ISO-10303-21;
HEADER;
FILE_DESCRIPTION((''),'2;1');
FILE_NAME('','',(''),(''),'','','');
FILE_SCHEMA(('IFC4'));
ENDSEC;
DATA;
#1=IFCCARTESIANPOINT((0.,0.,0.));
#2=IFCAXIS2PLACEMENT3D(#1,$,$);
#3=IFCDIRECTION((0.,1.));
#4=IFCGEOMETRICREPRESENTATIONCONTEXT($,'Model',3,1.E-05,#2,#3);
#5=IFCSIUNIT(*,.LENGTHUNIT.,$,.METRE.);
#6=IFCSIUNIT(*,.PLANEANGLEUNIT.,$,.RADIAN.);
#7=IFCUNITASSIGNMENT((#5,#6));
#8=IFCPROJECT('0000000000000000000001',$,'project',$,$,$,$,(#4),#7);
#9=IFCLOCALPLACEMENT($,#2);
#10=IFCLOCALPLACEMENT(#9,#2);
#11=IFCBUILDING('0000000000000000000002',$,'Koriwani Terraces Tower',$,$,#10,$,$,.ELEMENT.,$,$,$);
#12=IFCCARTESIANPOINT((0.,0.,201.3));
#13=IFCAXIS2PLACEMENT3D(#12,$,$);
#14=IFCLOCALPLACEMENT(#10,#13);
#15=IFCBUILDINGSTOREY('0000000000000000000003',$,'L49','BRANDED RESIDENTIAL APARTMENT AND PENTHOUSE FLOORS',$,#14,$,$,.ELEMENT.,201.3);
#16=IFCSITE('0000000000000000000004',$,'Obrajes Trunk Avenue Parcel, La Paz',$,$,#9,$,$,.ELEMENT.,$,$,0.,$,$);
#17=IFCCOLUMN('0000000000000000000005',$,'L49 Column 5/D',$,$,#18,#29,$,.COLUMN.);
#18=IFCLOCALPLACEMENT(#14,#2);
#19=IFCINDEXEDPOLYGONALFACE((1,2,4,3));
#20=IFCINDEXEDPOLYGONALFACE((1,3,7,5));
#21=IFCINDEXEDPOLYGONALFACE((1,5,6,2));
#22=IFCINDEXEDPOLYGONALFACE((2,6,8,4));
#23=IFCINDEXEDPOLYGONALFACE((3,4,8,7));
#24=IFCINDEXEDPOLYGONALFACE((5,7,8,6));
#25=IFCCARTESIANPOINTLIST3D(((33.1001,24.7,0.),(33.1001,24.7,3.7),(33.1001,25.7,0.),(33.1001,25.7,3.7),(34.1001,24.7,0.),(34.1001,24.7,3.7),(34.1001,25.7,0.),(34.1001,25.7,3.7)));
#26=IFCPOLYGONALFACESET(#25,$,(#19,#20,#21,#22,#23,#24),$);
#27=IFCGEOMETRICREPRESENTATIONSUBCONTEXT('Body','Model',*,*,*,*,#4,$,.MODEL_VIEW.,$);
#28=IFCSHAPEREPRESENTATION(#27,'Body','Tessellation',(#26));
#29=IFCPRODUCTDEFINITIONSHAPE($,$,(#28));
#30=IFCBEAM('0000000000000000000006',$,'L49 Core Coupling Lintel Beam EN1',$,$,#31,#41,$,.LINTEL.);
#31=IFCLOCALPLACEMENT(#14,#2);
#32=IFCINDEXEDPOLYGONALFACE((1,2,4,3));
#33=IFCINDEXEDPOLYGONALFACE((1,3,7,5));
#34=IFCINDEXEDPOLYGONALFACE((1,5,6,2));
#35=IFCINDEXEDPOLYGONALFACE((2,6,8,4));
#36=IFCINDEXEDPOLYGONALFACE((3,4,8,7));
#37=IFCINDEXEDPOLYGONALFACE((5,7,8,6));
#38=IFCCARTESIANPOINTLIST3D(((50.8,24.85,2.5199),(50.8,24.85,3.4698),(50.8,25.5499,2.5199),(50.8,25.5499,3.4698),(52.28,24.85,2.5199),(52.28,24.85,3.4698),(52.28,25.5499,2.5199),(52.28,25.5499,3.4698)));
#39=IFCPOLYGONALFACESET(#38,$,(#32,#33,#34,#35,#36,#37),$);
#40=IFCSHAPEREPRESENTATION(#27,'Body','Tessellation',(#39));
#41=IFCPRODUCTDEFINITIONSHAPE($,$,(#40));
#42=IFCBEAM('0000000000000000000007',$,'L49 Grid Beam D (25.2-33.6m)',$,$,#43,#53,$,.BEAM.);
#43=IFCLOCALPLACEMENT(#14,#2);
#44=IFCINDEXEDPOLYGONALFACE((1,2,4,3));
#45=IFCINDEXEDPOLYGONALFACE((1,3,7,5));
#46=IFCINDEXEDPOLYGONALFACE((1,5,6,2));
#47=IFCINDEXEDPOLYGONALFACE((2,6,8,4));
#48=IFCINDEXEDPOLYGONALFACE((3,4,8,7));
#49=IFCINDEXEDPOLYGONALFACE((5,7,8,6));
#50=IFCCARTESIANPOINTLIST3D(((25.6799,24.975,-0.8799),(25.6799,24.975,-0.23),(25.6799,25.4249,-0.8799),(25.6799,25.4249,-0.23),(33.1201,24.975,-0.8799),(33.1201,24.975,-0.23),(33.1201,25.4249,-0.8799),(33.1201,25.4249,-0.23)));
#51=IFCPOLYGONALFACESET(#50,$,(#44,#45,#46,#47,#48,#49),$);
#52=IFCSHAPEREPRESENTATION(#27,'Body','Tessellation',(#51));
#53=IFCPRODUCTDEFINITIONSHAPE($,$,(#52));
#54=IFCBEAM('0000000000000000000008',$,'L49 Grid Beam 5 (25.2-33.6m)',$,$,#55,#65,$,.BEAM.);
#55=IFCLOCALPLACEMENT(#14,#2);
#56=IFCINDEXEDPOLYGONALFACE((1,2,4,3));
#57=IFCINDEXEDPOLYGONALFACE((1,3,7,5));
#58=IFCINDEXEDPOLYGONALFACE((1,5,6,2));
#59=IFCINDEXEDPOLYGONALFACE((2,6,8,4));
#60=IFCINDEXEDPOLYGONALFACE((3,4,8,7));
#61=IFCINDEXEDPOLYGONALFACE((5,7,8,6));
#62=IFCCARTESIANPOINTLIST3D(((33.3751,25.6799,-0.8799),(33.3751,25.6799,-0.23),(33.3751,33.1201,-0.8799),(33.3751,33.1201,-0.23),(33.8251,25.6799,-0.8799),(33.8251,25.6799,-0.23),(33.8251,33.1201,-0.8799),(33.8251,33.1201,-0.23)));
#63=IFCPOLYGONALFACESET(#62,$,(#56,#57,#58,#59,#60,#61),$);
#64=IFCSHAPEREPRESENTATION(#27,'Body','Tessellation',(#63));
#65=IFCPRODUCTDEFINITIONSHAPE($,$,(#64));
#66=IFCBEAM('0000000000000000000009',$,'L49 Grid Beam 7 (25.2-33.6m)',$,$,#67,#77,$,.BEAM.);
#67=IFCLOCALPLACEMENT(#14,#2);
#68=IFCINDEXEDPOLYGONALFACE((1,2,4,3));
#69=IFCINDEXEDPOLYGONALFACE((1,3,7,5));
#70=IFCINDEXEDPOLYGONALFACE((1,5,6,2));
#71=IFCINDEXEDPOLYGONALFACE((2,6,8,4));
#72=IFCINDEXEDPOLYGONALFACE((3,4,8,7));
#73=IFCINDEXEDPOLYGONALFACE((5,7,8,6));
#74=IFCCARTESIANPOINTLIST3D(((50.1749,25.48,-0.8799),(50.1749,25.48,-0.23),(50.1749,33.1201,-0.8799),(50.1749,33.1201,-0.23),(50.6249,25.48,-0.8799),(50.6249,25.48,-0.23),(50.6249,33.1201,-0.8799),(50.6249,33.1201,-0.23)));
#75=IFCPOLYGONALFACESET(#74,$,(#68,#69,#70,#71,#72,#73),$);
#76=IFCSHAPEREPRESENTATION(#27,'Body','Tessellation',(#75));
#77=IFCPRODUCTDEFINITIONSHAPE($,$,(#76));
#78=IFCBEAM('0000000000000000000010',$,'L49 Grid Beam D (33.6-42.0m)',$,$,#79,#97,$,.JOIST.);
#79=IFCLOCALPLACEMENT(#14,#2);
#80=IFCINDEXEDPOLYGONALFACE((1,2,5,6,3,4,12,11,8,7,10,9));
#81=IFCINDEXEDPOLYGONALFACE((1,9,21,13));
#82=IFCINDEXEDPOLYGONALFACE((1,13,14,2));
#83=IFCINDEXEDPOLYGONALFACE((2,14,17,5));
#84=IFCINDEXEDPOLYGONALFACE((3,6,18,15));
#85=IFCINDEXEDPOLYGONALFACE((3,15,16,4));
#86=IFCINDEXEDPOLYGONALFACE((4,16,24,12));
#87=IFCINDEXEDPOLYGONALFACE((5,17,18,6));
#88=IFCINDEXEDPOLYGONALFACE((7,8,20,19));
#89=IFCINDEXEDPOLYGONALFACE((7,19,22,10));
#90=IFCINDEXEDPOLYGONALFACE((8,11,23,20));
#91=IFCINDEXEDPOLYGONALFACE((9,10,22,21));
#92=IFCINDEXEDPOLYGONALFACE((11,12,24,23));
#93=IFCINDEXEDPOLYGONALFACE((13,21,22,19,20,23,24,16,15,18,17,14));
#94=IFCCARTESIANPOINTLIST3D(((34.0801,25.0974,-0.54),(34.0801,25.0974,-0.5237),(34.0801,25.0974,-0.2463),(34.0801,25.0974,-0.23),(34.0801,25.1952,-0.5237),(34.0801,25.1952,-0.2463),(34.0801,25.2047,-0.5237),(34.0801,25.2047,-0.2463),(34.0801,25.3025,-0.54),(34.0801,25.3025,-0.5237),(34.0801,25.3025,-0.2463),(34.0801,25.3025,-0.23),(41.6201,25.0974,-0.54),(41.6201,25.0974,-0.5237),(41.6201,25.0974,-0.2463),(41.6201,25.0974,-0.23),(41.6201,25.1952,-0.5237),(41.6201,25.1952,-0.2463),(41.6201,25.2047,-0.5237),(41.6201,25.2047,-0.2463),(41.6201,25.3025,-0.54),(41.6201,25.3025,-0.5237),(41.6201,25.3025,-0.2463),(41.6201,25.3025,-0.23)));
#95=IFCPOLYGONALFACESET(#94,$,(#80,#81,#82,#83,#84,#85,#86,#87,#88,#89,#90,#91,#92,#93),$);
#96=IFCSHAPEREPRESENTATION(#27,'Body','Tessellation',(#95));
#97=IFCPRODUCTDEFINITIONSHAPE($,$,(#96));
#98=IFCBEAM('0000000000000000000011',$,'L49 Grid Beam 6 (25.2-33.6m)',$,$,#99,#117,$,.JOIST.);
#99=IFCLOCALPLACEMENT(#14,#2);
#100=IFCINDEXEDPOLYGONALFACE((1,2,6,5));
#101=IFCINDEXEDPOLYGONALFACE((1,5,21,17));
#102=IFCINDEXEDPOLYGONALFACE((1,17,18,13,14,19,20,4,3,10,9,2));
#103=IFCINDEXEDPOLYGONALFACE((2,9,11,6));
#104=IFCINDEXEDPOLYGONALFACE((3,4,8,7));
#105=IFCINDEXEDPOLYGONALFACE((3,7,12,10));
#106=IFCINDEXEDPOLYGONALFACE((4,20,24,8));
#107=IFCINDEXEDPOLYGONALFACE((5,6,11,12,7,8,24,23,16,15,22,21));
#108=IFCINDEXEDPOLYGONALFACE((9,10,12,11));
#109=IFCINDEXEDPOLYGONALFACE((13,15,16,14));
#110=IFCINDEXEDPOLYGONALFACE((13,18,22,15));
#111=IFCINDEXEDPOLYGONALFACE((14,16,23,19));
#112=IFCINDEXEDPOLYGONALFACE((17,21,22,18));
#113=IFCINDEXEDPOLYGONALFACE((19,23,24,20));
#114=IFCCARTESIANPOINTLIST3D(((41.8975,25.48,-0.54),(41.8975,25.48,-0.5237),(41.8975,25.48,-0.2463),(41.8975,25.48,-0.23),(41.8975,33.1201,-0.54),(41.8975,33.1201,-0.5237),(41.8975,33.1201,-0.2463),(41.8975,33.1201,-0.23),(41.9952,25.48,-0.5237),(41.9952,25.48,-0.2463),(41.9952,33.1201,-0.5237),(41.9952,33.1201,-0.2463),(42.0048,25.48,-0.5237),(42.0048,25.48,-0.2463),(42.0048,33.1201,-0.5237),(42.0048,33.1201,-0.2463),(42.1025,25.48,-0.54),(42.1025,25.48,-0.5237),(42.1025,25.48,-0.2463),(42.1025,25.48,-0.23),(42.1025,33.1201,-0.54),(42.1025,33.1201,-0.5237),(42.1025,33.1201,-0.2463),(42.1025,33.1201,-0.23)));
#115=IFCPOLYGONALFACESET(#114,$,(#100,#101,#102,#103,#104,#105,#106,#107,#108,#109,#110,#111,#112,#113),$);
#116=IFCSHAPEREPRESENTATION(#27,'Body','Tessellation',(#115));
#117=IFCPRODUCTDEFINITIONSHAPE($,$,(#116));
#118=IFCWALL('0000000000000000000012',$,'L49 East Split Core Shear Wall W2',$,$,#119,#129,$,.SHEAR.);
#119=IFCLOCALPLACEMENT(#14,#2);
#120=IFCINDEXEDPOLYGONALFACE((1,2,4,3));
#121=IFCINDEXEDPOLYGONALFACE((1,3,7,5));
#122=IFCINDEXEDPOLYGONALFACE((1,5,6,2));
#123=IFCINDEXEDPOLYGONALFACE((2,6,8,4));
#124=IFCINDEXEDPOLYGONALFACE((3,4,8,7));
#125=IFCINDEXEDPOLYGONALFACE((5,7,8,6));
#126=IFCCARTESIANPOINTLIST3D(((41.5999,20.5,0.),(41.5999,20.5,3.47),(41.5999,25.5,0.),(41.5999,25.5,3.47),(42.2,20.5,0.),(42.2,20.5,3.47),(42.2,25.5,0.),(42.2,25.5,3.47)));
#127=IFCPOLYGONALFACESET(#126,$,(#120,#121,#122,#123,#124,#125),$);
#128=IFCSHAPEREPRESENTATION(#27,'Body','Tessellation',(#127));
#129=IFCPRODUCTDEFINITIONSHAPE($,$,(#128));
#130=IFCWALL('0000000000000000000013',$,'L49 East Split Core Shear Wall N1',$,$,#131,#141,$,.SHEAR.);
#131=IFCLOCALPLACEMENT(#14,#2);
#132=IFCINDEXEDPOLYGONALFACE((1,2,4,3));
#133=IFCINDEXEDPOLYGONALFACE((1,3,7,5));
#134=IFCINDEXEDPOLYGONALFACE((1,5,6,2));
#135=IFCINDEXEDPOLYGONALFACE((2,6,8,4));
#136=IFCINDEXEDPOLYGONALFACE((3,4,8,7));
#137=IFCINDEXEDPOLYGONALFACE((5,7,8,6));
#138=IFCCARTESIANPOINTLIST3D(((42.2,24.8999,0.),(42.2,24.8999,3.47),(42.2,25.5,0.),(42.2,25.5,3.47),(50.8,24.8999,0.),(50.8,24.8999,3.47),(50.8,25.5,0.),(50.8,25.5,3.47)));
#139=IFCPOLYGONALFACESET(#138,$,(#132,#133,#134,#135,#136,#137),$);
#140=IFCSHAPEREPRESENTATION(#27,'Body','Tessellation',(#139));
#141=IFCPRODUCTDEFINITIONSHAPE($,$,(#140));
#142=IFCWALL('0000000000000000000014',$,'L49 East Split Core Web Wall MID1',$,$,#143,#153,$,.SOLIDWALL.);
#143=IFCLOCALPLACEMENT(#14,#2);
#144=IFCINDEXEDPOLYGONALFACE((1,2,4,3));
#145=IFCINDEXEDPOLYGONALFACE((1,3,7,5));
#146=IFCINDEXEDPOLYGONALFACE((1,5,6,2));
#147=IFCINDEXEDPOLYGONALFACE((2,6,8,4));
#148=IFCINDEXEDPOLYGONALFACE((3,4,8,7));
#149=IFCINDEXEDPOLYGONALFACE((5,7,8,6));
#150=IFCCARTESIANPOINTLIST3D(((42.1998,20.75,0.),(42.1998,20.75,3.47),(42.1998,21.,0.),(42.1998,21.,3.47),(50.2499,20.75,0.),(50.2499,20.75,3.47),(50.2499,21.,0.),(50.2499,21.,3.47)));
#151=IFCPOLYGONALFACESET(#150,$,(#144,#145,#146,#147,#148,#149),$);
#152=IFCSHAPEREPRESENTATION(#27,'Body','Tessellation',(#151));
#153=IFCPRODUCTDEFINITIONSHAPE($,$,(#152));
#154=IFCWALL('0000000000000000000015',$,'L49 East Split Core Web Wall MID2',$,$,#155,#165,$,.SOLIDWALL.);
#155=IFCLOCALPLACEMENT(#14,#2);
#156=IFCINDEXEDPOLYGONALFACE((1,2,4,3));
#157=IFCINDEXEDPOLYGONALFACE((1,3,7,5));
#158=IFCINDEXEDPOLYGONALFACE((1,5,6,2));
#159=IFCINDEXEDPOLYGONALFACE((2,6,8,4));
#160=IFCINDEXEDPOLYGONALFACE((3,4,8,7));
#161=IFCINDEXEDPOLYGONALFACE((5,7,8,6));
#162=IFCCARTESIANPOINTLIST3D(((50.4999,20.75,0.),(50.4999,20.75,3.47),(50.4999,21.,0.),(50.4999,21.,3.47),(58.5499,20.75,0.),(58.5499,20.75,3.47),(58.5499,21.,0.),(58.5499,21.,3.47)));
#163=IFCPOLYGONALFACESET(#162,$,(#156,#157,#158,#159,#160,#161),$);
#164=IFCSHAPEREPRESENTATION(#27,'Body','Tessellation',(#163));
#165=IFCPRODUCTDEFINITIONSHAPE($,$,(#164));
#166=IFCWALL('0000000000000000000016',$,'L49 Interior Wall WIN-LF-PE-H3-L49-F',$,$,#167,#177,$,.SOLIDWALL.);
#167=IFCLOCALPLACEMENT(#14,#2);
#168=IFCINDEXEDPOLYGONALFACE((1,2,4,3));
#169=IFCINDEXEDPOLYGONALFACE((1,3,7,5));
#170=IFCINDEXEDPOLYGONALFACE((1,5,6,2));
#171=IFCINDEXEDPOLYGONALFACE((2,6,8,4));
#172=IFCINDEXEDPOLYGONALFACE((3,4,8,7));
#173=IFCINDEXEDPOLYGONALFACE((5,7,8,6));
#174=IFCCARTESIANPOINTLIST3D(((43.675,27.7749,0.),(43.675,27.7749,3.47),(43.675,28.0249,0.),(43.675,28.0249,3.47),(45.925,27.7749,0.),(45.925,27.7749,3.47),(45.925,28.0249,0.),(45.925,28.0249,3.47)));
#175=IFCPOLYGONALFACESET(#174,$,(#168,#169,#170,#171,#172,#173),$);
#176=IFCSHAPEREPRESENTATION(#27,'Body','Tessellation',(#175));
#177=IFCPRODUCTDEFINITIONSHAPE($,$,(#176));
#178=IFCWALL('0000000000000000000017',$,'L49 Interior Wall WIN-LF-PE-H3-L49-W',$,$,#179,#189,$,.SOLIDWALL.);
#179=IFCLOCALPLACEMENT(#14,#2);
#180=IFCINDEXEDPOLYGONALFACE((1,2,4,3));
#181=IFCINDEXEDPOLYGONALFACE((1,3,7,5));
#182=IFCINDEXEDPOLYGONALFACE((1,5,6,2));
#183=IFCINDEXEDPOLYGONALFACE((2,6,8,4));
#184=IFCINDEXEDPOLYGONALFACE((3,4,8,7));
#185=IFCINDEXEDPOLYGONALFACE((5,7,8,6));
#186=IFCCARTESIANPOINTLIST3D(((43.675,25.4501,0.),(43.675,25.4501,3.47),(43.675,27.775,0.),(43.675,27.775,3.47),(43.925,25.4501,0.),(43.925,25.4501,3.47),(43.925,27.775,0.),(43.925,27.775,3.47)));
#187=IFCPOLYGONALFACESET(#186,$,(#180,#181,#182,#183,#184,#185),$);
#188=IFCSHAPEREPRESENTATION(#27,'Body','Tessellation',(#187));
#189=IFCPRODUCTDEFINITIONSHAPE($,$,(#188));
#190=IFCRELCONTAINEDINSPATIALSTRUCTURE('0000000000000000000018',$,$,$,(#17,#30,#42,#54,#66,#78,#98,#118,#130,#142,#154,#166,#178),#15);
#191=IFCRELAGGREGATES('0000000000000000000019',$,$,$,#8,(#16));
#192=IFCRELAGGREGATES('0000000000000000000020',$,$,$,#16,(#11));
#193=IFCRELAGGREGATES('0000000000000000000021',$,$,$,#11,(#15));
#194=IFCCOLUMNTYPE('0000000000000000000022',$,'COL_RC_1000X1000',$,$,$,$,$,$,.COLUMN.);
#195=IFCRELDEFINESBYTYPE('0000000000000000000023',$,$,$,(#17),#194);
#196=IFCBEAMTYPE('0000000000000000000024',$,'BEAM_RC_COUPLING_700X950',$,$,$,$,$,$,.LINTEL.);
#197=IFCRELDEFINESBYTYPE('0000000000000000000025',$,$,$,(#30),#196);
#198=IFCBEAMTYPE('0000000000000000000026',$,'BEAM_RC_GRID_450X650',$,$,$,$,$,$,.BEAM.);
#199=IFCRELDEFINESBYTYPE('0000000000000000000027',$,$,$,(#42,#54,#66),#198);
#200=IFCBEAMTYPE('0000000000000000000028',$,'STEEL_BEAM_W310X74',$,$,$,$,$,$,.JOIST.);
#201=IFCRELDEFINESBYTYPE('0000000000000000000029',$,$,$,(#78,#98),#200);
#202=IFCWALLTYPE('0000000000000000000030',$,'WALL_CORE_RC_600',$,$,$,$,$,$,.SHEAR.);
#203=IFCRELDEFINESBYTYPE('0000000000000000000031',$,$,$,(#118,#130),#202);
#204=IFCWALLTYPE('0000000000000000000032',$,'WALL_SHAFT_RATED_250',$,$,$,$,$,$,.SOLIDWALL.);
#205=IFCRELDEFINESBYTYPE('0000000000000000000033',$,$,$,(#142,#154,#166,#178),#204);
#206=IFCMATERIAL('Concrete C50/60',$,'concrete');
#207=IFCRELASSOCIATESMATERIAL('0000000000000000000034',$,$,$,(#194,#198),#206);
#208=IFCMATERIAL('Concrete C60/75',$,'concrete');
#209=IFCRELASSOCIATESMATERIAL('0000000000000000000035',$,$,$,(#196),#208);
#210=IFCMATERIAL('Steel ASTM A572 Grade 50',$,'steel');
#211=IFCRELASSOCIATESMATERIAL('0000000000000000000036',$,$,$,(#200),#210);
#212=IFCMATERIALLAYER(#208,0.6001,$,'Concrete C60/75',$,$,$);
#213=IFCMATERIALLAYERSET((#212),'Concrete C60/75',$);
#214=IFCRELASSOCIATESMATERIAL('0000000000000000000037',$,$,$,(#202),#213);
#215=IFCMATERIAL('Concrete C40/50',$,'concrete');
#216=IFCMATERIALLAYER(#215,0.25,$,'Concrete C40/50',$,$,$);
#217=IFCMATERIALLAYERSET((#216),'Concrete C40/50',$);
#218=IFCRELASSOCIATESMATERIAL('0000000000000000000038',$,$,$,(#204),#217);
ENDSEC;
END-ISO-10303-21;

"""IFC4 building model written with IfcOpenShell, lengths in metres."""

from ifc_helpers import new_model, si_unit, direction, frame, frame_2d, origin, origin_2d, place, context, subcontext, project, spatial, rectangle, i_section, extrude, material, layer, layer_set, material_profile, profile_set, type_object, element, save


model = new_model("IFC4")

# Units and contexts
model_context = context("Model", 3, precision=1e-05, world=origin(), true_north=direction((0.0, 1.0)))
body_context = subcontext(model_context, "Body", "Model", "MODEL_VIEW")
ifc_project = project(units=[si_unit("LENGTHUNIT", "METRE"), si_unit("PLANEANGLEUNIT", "RADIAN")], contexts=[model_context])

# Site, building, storey
site_placement = place(None, origin())
site = spatial("IfcSite", under=ifc_project, at=site_placement, Name="Obrajes Trunk Avenue Parcel, La Paz", CompositionType="ELEMENT", RefElevation=0.0)
building_placement = place(site_placement, origin())
building = spatial("IfcBuilding", under=site, at=building_placement, Name="Koriwani Terraces Tower", CompositionType="ELEMENT")
storey_placement = place(building_placement, frame((0.0, 0.0, 201.3)))
storey = spatial("IfcBuildingStorey", under=building, at=storey_placement, Name="L49", Description="BRANDED RESIDENTIAL APARTMENT AND PENTHOUSE FLOORS", CompositionType="ELEMENT", Elevation=201.3)

# Column
ifc_material_1 = material(Name="Concrete C50/60", Category="concrete")
ifc_material_profile_1 = material_profile(ifc_material_1, rectangle(XDim=1.0, YDim=1.0, at=origin_2d()), Name="Concrete C50/60", Category="LoadBearing")
ifc_profile_set_1 = profile_set([ifc_material_profile_1], Name="Concrete C50/60")
column_type = type_object("IfcColumnType", Name="COL_RC_1000X1000", PredefinedType="COLUMN", material=ifc_profile_set_1)
column_placement = place(storey_placement, frame((33.6001, 25.2, 0.0), z_axis=(0.0, 0.0, 1.0), x_axis=(1.0, 0.0, 0.0)))
element("IfcColumn", 1, at=column_placement, inside=storey, type_object=column_type, Name="L49 Column 5/D", PredefinedType="COLUMN", context=body_context, shape_type="SweptSolid", body=[
    extrude(rectangle(XDim=1.0, YDim=1.0, at=origin_2d()), origin(), (0.0, 0.0, 1.0), 3.7),
])

# Beams
ifc_material_2 = material(Name="Concrete C60/75", Category="concrete")
ifc_material_profile_2 = material_profile(ifc_material_2, rectangle(XDim=0.7, YDim=0.95, at=origin_2d()), Name="Concrete C60/75", Category="LoadBearing")
ifc_profile_set_2 = profile_set([ifc_material_profile_2], Name="Concrete C60/75")
beam_type_1 = type_object("IfcBeamType", Name="BEAM_RC_COUPLING_700X950", PredefinedType="LINTEL", material=ifc_profile_set_2)
beam_1_placement = place(storey_placement, frame((50.8, 25.2, 2.9949), z_axis=(1.0, 0.0, 0.0), x_axis=(0.0, 1.0, 0.0)))
element("IfcBeam", 2, at=beam_1_placement, inside=storey, type_object=beam_type_1, Name="L49 Core Coupling Lintel Beam EN1", PredefinedType="LINTEL", context=body_context, shape_type="SweptSolid", body=[
    extrude(rectangle(XDim=0.7, YDim=0.95, at=origin_2d()), origin(), (0.0, 0.0, 1.0), 1.48),
])
ifc_material_profile_3 = material_profile(ifc_material_1, rectangle(XDim=0.45, YDim=0.6499, at=origin_2d()), Name="Concrete C50/60", Category="LoadBearing")
ifc_profile_set_3 = profile_set([ifc_material_profile_3], Name="Concrete C50/60")
beam_type_2 = type_object("IfcBeamType", Name="BEAM_RC_GRID_450X650", PredefinedType="BEAM", material=ifc_profile_set_3)
for number, where, z_axis, x_axis, name in (
    (3, (25.6799, 25.2, -0.5549), (1.0, 0.0, 0.0), (0.0, 1.0, 0.0), "L49 Grid Beam D (25.2-33.6m)"),
    (4, (33.6001, 25.6799, -0.5549), (0.0, 1.0, 0.0), (-1.0, 0.0, 0.0), "L49 Grid Beam 5 (25.2-33.6m)"),
):
    element("IfcBeam", number, at=place(storey_placement, frame(where, z_axis=z_axis, x_axis=x_axis)), inside=storey, type_object=beam_type_2, Name=name, PredefinedType="BEAM", context=body_context, shape_type="SweptSolid", body=[
        extrude(rectangle(XDim=0.45, YDim=0.6499, at=origin_2d()), origin(), (0.0, 0.0, 1.0), 7.4402),
    ])
beam_2_placement = place(storey_placement, frame((50.3999, 25.48, -0.5549), z_axis=(0.0, 1.0, 0.0), x_axis=(-1.0, 0.0, 0.0)))
element("IfcBeam", 5, at=beam_2_placement, inside=storey, type_object=beam_type_2, Name="L49 Grid Beam 7 (25.2-33.6m)", PredefinedType="BEAM", context=body_context, shape_type="SweptSolid", body=[
    extrude(rectangle(XDim=0.45, YDim=0.6499, at=origin_2d()), origin(), (0.0, 0.0, 1.0), 7.6401),
])
ifc_material_3 = material(Name="Steel ASTM A572 Grade 50", Category="steel")
ifc_material_profile_4 = material_profile(ifc_material_3, i_section(OverallWidth=0.2051, OverallDepth=0.3101, WebThickness=0.0095, FlangeThickness=0.0164, at=origin_2d()), Name="Steel ASTM A572 Grade 50", Category="LoadBearing")
ifc_profile_set_4 = profile_set([ifc_material_profile_4], Name="Steel ASTM A572 Grade 50")
beam_type_3 = type_object("IfcBeamType", Name="STEEL_BEAM_W310X74", PredefinedType="JOIST", material=ifc_profile_set_4)
beam_3_placement = place(storey_placement, frame((34.0801, 25.2, -0.385), z_axis=(1.0, 0.0, 0.0), x_axis=(0.0, 1.0, 0.0)))
element("IfcBeam", 6, at=beam_3_placement, inside=storey, type_object=beam_type_3, Name="L49 Grid Beam D (33.6-42.0m)", PredefinedType="JOIST", context=body_context, shape_type="SweptSolid", body=[
    extrude(i_section(OverallWidth=0.2051, OverallDepth=0.3101, WebThickness=0.0095, FlangeThickness=0.0164, at=origin_2d()), origin(), (0.0, 0.0, 1.0), 7.54),
])
beam_4_placement = place(storey_placement, frame((42.0, 25.48, -0.385), z_axis=(0.0, 1.0, 0.0), x_axis=(-1.0, 0.0, 0.0)))
element("IfcBeam", 7, at=beam_4_placement, inside=storey, type_object=beam_type_3, Name="L49 Grid Beam 6 (25.2-33.6m)", PredefinedType="JOIST", context=body_context, shape_type="SweptSolid", body=[
    extrude(i_section(OverallWidth=0.2051, OverallDepth=0.3101, WebThickness=0.0095, FlangeThickness=0.0164, at=origin_2d()), origin(), (0.0, 0.0, 1.0), 7.6401),
])

# Walls
ifc_layer_1 = layer(ifc_material_2, 0.6001, Name="Concrete C60/75")
ifc_layer_set_1 = layer_set([ifc_layer_1], Name="Concrete C60/75")
wall_type_1 = type_object("IfcWallType", Name="WALL_CORE_RC_600", PredefinedType="SHEAR", material=ifc_layer_set_1)
wall_1_placement = place(storey_placement, frame((41.8999, 20.5, 0.0), z_axis=(0.0, 0.0, 1.0), x_axis=(0.0, 1.0, 0.0)))
element("IfcWall", 8, at=wall_1_placement, inside=storey, type_object=wall_type_1, Name="L49 East Split Core Shear Wall W2", PredefinedType="SHEAR", context=body_context, shape_type="SweptSolid", body=[
    extrude(rectangle(XDim=5.0, YDim=0.6001, at=frame_2d((2.5, 0.0))), origin(), (0.0, 0.0, 1.0), 3.47),
])
wall_2_placement = place(storey_placement, frame((42.2, 25.2, 0.0), z_axis=(0.0, 0.0, 1.0), x_axis=(1.0, 0.0, 0.0)))
element("IfcWall", 9, at=wall_2_placement, inside=storey, type_object=wall_type_1, Name="L49 East Split Core Shear Wall N1", PredefinedType="SHEAR", context=body_context, shape_type="SweptSolid", body=[
    extrude(rectangle(XDim=8.6001, YDim=0.6001, at=frame_2d((4.3, 0.0))), origin(), (0.0, 0.0, 1.0), 3.47),
])
ifc_material_4 = material(Name="Concrete C40/50", Category="concrete")
ifc_layer_2 = layer(ifc_material_4, 0.25, Name="Concrete C40/50")
ifc_layer_set_2 = layer_set([ifc_layer_2], Name="Concrete C40/50")
wall_type_2 = type_object("IfcWallType", Name="WALL_SHAFT_RATED_250", PredefinedType="SOLIDWALL", material=ifc_layer_set_2)
for number, where, z_axis, x_axis, name in (
    (10, (42.2, 20.875, 0.0), (0.0, 0.0, 1.0), (1.0, 0.0, 0.0), "L49 East Split Core Web Wall MID1"),
    (11, (50.5, 20.875, 0.0), (0.0, 0.0, 1.0), (1.0, 0.0, 0.0), "L49 East Split Core Web Wall MID2"),
):
    element("IfcWall", number, at=place(storey_placement, frame(where, z_axis=z_axis, x_axis=x_axis)), inside=storey, type_object=wall_type_2, Name=name, PredefinedType="SOLIDWALL", context=body_context, shape_type="SweptSolid", body=[
        extrude(rectangle(XDim=8.05, YDim=0.25, at=frame_2d((4.0249, 0.0))), origin(), (0.0, 0.0, 1.0), 3.47),
    ])

# Walls
wall_3_placement = place(storey_placement, frame((43.675, 27.8999, 0.0), z_axis=(0.0, 0.0, 1.0), x_axis=(1.0, 0.0, 0.0)))
element("IfcWall", 12, at=wall_3_placement, inside=storey, type_object=wall_type_2, Name="L49 Interior Wall WIN-LF-PE-H3-L49-F", PredefinedType="SOLIDWALL", context=body_context, shape_type="SweptSolid", body=[
    extrude(rectangle(XDim=2.25, YDim=0.25, at=frame_2d((1.125, 0.0))), origin(), (0.0, 0.0, 1.0), 3.47),
])
for number, where, z_axis, x_axis, name in (
    (13, (43.8, 25.45, 0.0), (0.0, 0.0, 1.0), (0.0, 1.0, 0.0), "L49 Interior Wall WIN-LF-PE-H3-L49-W"),
):
    element("IfcWall", number, at=place(storey_placement, frame(where, z_axis=z_axis, x_axis=x_axis)), inside=storey, type_object=wall_type_2, Name=name, PredefinedType="SOLIDWALL", context=body_context, shape_type="SweptSolid", body=[
        extrude(rectangle(XDim=2.325, YDim=0.25, at=frame_2d((1.1626, 0.0))), origin(), (0.0, 0.0, 1.0), 3.47),
    ])

save(model, "model.ifc")
